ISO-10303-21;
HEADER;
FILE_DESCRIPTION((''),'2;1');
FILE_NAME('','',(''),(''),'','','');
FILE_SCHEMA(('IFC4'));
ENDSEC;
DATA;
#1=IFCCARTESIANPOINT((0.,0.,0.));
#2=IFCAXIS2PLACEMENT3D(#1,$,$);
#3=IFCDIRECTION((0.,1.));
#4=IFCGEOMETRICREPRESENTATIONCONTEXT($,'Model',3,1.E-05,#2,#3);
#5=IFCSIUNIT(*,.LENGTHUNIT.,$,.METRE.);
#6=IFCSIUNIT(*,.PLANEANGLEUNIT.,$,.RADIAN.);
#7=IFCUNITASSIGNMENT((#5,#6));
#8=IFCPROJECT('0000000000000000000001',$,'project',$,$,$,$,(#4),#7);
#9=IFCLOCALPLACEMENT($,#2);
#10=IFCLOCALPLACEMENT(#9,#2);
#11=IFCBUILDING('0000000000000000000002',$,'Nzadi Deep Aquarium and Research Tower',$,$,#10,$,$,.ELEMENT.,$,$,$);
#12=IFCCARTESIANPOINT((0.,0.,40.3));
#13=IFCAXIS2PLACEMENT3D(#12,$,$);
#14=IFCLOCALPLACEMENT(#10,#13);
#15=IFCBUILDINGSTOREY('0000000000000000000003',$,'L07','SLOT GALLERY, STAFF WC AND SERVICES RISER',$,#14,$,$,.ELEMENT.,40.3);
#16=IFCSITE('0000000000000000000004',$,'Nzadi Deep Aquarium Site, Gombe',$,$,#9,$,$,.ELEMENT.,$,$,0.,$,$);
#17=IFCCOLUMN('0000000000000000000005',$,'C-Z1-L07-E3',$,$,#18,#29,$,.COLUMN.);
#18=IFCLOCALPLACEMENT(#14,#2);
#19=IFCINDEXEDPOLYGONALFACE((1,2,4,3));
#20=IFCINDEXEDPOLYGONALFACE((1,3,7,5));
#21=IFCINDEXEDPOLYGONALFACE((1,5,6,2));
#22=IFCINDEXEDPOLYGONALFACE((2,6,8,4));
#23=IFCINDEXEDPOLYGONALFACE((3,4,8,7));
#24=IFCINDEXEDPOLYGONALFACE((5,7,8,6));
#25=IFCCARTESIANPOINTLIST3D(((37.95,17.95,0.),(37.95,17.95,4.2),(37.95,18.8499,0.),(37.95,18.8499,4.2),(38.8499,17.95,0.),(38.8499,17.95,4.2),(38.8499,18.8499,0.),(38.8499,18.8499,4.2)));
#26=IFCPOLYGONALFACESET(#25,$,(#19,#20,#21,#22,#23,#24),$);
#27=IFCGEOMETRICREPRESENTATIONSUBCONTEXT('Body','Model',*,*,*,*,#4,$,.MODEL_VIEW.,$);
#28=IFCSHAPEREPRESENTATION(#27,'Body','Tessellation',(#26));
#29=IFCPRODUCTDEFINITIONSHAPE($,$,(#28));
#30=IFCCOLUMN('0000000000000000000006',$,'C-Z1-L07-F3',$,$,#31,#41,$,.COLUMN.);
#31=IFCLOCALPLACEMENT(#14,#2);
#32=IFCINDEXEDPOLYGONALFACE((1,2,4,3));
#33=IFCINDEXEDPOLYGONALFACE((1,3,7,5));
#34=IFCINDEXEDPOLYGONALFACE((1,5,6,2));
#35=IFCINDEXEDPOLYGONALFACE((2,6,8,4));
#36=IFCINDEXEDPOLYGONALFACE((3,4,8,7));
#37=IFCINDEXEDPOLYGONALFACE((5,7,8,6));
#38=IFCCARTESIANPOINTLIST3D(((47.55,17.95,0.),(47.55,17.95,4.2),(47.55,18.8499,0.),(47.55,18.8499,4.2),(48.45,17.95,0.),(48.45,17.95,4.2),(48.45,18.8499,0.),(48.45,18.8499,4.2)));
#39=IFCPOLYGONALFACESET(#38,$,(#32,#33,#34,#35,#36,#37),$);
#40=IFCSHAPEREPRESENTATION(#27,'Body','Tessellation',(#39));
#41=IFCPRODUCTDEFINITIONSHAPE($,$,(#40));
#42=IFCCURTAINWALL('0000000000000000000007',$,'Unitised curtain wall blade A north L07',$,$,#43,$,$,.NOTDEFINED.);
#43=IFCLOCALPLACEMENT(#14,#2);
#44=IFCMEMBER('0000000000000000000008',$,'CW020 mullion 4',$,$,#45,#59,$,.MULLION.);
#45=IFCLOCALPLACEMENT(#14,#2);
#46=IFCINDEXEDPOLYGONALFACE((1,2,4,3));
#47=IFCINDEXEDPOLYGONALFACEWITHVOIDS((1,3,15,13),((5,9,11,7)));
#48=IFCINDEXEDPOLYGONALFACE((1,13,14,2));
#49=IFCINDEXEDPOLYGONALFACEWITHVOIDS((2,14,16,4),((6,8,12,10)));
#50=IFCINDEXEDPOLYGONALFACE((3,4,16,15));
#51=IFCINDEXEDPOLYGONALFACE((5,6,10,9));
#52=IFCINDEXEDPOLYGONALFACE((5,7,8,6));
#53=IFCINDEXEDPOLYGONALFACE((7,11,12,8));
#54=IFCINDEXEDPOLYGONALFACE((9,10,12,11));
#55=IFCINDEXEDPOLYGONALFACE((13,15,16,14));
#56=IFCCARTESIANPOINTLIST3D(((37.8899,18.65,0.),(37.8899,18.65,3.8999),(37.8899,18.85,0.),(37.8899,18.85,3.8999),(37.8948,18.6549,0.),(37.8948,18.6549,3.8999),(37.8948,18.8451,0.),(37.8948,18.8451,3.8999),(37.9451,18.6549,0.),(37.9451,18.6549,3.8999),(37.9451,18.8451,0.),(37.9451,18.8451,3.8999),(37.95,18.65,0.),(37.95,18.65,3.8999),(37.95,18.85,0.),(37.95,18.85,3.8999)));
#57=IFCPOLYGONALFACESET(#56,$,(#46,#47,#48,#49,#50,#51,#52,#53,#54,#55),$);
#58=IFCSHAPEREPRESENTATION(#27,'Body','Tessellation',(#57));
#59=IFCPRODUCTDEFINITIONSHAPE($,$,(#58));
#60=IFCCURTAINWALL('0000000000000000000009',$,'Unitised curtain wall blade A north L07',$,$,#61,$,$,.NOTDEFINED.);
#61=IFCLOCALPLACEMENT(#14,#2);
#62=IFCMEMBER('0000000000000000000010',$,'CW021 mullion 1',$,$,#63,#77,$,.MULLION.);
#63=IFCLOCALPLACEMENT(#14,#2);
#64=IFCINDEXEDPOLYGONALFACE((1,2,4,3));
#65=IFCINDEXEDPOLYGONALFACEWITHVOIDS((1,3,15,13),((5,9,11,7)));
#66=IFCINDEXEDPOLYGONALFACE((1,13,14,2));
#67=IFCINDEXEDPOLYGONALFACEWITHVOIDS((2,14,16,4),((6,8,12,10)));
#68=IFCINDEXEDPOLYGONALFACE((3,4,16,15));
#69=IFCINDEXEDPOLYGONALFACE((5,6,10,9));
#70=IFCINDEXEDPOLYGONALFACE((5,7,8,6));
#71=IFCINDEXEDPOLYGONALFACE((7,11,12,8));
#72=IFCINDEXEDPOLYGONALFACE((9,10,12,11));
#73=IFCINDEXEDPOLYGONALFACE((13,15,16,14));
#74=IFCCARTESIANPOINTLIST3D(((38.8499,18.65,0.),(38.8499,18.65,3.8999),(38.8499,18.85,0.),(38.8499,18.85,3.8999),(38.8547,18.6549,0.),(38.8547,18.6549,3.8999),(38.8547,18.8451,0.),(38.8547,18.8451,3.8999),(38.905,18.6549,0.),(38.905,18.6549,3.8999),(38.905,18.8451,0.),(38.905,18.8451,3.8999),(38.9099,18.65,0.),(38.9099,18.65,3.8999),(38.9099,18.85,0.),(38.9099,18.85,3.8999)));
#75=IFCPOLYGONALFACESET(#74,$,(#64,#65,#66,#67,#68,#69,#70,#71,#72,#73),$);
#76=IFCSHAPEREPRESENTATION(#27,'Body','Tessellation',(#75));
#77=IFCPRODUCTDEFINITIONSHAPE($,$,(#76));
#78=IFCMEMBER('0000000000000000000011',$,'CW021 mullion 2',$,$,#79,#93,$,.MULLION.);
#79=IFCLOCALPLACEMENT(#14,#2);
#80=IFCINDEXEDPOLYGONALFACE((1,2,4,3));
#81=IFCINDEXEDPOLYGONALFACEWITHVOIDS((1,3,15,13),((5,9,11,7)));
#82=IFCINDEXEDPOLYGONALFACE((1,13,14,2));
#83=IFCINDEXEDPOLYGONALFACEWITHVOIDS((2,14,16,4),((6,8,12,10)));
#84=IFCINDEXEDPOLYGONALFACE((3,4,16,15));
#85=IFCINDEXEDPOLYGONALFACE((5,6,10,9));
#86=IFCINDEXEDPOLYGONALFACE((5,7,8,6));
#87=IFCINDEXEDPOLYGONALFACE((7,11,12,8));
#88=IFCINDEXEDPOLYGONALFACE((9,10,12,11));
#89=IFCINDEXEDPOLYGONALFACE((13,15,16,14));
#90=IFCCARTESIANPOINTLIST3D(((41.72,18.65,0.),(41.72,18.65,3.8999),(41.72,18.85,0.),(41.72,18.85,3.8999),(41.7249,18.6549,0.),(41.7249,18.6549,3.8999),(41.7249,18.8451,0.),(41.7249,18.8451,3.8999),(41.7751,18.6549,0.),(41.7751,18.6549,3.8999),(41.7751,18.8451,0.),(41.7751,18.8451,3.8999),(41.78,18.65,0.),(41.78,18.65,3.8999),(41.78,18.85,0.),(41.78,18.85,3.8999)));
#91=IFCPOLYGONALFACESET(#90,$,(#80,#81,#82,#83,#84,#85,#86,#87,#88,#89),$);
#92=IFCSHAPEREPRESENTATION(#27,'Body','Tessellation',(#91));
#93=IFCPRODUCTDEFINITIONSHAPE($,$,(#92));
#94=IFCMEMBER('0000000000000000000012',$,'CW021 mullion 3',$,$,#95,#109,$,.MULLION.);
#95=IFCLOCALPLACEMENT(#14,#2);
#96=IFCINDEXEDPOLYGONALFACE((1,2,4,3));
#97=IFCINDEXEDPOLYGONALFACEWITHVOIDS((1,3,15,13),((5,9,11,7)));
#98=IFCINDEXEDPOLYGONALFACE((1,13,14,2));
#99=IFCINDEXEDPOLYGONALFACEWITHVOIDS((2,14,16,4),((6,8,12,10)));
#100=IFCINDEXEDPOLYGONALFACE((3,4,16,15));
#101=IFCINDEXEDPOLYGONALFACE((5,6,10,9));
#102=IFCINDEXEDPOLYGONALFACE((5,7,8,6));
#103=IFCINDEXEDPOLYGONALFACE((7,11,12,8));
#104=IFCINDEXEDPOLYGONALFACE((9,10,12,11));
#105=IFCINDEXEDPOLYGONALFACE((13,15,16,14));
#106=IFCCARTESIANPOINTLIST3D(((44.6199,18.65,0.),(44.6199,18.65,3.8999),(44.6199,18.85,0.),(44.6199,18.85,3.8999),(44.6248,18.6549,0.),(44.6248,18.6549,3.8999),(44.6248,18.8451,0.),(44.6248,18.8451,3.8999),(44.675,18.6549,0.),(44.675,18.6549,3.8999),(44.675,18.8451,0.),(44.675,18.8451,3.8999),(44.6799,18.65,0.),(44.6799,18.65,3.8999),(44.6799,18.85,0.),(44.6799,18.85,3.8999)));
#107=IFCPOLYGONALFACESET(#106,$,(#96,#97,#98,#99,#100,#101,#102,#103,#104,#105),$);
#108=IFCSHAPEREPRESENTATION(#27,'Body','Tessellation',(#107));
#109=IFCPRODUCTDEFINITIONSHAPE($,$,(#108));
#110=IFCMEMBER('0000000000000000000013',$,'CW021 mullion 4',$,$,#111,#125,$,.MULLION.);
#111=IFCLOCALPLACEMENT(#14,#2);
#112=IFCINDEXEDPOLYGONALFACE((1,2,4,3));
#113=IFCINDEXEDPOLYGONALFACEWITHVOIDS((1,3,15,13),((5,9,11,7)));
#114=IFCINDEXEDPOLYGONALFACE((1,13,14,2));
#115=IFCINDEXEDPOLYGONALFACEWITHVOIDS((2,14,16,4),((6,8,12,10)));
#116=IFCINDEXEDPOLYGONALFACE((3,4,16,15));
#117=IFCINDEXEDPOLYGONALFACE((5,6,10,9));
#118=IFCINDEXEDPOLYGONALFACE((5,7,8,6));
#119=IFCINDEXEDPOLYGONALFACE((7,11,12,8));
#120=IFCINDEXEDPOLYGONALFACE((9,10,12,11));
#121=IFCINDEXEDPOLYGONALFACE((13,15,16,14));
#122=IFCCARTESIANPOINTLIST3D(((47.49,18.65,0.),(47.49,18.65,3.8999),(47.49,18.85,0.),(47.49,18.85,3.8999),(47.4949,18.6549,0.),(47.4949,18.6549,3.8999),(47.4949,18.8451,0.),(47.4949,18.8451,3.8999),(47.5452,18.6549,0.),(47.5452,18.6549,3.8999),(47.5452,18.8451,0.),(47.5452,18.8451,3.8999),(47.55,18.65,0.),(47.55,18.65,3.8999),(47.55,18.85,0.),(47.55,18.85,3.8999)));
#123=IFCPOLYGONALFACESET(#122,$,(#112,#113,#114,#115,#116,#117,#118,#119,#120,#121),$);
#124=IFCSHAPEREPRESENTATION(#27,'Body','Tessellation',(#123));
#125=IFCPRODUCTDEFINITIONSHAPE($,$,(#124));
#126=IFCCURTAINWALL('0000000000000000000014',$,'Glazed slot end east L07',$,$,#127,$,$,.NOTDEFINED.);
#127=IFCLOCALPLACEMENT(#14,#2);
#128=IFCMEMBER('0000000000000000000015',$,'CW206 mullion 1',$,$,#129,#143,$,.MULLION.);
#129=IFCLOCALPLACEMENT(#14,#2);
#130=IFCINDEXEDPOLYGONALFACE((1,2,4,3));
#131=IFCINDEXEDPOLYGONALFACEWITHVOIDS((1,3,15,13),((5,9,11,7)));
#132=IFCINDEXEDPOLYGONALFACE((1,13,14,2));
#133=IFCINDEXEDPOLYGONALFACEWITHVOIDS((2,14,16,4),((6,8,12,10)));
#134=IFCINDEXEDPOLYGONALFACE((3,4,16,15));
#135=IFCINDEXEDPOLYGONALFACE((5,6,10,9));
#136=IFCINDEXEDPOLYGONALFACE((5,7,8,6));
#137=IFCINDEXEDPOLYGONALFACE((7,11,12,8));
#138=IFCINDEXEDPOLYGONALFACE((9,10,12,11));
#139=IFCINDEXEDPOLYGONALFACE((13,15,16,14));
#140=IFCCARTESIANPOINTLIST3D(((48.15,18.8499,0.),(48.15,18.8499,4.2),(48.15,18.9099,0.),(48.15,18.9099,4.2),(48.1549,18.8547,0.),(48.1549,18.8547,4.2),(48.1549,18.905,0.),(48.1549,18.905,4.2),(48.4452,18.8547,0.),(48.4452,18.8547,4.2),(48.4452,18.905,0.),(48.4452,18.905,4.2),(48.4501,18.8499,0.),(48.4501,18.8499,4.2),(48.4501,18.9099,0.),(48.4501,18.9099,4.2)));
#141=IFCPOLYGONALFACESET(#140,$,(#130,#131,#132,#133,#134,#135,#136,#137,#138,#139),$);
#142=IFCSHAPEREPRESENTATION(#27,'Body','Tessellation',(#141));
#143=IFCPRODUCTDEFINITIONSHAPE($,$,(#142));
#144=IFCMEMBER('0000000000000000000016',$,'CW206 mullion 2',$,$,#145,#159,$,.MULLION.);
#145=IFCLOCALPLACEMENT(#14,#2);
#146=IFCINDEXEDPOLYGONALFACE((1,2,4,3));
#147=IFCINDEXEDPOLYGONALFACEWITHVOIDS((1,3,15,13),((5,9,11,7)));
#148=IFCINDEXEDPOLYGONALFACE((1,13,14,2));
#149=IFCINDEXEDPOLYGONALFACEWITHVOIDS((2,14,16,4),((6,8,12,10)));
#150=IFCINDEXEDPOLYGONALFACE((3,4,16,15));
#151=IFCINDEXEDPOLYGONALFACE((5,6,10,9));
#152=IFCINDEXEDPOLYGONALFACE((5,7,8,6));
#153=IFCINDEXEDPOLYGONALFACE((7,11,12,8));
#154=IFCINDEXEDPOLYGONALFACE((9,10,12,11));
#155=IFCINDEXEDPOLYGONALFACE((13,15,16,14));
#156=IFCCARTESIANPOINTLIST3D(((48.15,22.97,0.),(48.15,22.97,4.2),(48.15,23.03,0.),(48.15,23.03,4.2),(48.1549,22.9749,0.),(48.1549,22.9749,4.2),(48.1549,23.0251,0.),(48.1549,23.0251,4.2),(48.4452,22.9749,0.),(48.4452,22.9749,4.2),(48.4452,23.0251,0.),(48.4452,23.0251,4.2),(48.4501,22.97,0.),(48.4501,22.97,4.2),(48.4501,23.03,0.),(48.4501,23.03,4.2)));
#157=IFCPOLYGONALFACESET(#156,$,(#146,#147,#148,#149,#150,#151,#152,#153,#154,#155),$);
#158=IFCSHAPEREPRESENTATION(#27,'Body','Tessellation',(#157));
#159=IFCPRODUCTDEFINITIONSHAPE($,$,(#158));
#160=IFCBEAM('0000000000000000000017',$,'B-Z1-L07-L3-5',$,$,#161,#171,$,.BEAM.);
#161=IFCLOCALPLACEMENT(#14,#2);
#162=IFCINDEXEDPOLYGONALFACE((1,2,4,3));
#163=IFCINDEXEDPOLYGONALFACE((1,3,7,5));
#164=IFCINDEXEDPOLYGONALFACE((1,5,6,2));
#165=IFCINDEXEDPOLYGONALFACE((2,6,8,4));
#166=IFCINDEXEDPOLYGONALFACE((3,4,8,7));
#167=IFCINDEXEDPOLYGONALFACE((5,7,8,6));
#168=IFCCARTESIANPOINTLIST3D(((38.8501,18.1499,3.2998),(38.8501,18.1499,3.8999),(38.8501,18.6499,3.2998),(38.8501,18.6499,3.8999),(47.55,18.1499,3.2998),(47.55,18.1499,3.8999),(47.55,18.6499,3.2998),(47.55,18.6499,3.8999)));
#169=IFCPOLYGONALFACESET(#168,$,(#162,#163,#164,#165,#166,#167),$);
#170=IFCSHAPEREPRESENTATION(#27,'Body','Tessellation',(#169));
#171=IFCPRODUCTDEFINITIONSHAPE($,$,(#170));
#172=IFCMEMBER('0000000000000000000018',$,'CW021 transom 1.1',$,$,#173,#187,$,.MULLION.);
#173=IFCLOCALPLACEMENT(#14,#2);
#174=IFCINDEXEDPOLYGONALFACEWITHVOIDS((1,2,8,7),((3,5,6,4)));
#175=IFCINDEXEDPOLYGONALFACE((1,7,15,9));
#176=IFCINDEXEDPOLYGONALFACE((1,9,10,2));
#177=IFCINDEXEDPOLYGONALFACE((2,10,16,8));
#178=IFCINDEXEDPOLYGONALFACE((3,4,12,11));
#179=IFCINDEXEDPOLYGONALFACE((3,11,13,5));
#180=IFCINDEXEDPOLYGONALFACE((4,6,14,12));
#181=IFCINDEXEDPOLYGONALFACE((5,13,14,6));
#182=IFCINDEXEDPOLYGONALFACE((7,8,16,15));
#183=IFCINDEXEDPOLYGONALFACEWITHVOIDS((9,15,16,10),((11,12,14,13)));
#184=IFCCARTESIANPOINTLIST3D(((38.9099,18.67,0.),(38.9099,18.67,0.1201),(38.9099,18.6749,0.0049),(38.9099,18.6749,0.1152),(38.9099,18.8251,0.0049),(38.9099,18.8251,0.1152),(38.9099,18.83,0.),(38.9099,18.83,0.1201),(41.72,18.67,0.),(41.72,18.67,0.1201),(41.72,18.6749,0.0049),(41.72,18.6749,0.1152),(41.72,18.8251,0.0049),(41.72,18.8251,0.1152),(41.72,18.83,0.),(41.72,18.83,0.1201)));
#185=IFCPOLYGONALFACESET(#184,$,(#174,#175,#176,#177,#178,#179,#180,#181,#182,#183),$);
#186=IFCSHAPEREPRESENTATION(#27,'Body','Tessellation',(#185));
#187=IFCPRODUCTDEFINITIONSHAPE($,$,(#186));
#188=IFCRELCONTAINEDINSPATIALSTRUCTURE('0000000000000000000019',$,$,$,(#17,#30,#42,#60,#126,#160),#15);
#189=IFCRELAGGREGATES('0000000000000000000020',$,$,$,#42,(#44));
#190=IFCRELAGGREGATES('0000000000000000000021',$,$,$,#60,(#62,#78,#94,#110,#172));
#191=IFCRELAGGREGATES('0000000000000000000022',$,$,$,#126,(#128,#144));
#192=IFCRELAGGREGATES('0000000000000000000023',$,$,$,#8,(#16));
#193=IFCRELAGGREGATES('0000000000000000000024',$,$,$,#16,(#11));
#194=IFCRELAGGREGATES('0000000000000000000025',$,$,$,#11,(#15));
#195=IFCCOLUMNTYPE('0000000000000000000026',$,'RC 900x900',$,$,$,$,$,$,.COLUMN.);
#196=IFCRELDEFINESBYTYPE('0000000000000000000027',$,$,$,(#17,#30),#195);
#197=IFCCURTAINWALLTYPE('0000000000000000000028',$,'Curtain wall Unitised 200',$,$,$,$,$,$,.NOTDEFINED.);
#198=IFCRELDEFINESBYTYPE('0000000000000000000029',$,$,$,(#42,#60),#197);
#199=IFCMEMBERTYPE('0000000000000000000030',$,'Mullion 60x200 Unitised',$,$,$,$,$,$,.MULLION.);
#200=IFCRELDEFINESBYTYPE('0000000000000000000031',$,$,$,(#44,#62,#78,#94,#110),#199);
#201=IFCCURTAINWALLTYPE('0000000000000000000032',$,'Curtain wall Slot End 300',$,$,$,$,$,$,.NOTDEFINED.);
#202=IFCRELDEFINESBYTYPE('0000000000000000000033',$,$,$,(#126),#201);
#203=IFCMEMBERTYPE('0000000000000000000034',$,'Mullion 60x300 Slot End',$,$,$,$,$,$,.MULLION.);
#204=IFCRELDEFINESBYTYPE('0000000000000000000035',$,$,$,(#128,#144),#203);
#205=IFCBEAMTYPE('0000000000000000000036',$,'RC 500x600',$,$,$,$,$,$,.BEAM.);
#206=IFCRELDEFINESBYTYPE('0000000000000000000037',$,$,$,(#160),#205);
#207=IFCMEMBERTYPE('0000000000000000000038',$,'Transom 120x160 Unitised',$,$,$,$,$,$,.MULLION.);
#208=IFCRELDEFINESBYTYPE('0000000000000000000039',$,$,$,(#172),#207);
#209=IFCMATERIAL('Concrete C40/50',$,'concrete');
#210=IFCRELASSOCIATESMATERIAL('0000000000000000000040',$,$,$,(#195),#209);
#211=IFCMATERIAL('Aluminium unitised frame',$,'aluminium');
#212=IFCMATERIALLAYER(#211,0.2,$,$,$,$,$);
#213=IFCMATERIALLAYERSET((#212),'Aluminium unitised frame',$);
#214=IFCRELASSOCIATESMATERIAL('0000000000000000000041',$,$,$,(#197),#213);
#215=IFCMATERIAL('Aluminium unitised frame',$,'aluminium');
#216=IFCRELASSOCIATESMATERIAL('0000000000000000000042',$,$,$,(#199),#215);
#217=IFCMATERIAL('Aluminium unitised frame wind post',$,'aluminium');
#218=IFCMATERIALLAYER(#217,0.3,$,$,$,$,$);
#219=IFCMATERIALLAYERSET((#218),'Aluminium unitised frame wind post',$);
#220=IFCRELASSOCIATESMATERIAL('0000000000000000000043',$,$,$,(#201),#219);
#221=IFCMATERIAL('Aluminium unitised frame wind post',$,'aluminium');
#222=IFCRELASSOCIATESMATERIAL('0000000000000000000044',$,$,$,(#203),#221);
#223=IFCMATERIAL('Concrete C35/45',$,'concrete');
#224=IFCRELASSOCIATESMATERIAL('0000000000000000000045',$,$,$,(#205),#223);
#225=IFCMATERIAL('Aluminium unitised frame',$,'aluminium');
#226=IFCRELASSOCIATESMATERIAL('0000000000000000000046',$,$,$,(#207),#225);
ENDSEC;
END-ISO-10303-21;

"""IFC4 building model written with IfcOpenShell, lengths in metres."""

from ifc_helpers import new_model, si_unit, direction, frame, origin, origin_2d, place, context, subcontext, project, spatial, rectangle, hollow_rectangle, extrude, material, layer, layer_set, material_profile, profile_set, type_object, element, aggregate, save


model = new_model("IFC4")

# Units and contexts
model_context = context("Model", 3, precision=1e-05, world=origin(), true_north=direction((0.0, 1.0)))
body_context = subcontext(model_context, "Body", "Model", "MODEL_VIEW")
ifc_project = project(units=[si_unit("LENGTHUNIT", "METRE"), si_unit("PLANEANGLEUNIT", "RADIAN")], contexts=[model_context])

# Site, building, storey
site_placement = place(None, origin())
site = spatial("IfcSite", under=ifc_project, at=site_placement, Name="Nzadi Deep Aquarium Site, Gombe", CompositionType="ELEMENT", RefElevation=0.0)
building_placement = place(site_placement, origin())
building = spatial("IfcBuilding", under=site, at=building_placement, Name="Nzadi Deep Aquarium and Research Tower", CompositionType="ELEMENT")
storey_placement = place(building_placement, frame((0.0, 0.0, 40.3)))
storey = spatial("IfcBuildingStorey", under=building, at=storey_placement, Name="L07", Description="SLOT GALLERY, STAFF WC AND SERVICES RISER", CompositionType="ELEMENT", Elevation=40.3)

# Columns
ifc_material_1 = material(Name="Concrete C40/50", Category="concrete")
ifc_material_profile_1 = material_profile(ifc_material_1, rectangle(XDim=0.8999, YDim=0.8999, at=origin_2d()))
ifc_profile_set_1 = profile_set([ifc_material_profile_1], Name="Concrete C40/50")
column_type = type_object("IfcColumnType", Name="RC 900x900", PredefinedType="COLUMN", material=ifc_profile_set_1)
for number, where, z_axis, x_axis, name in (
    (1, (38.3999, 18.3999, 0.0), (0.0, 0.0, 1.0), (1.0, 0.0, 0.0), "C-Z1-L07-E3"),
    (2, (48.0, 18.3999, 0.0), (0.0, 0.0, 1.0), (1.0, 0.0, 0.0), "C-Z1-L07-F3"),
):
    element("IfcColumn", number, at=place(storey_placement, frame(where, z_axis=z_axis, x_axis=x_axis)), inside=storey, type_object=column_type, Name=name, PredefinedType="COLUMN", context=body_context, shape_type="SweptSolid", body=[
        extrude(rectangle(XDim=0.8999, YDim=0.8999, at=origin_2d()), origin(), (0.0, 0.0, 1.0), 4.2),
    ])

# Curtain wall, member
ifc_material_2 = material(Name="Aluminium unitised frame", Category="aluminium")
ifc_layer_1 = layer(ifc_material_2, 0.2)
ifc_layer_set_1 = layer_set([ifc_layer_1], Name="Aluminium unitised frame")
curtain_wall_type_1 = type_object("IfcCurtainWallType", Name="Curtain wall Unitised 200", PredefinedType="NOTDEFINED", material=ifc_layer_set_1)
curtain_wall_1_placement = place(storey_placement, origin())
curtain_wall_1 = element("IfcCurtainWall", 3, at=curtain_wall_1_placement, inside=storey, type_object=curtain_wall_type_1, Name="Unitised curtain wall blade A north L07", PredefinedType="NOTDEFINED")
ifc_material_3 = material(Name="Aluminium unitised frame", Category="aluminium")
ifc_material_profile_2 = material_profile(ifc_material_3, hollow_rectangle(XDim=0.2, YDim=0.0601, WallThickness=0.0049, at=origin_2d()))
ifc_profile_set_2 = profile_set([ifc_material_profile_2], Name="Aluminium unitised frame")
member_type_1 = type_object("IfcMemberType", Name="Mullion 60x200 Unitised", PredefinedType="MULLION", material=ifc_profile_set_2)
member_1_placement = place(storey_placement, frame((37.9199, 18.75, 0.0), z_axis=(0.0, 0.0, 1.0), x_axis=(0.0, 1.0, 0.0)))
member_1 = element("IfcMember", 4, at=member_1_placement, type_object=member_type_1, Name="CW020 mullion 4", PredefinedType="MULLION", context=body_context, shape_type="SweptSolid", body=[
    extrude(hollow_rectangle(XDim=0.2, YDim=0.0601, WallThickness=0.0049, at=origin_2d()), origin(), (0.0, 0.0, 1.0), 3.8999),
])
aggregate(curtain_wall_1, [member_1])

# Curtain walls, members
curtain_wall_2_placement = place(storey_placement, origin())
curtain_wall_2 = element("IfcCurtainWall", 5, at=curtain_wall_2_placement, inside=storey, type_object=curtain_wall_type_1, Name="Unitised curtain wall blade A north L07", PredefinedType="NOTDEFINED")
member_2_placement = place(storey_placement, frame((38.8799, 18.75, 0.0), z_axis=(0.0, 0.0, 1.0), x_axis=(0.0, 1.0, 0.0)))
member_2 = element("IfcMember", 6, at=member_2_placement, type_object=member_type_1, Name="CW021 mullion 1", PredefinedType="MULLION", context=body_context, shape_type="SweptSolid", body=[
    extrude(hollow_rectangle(XDim=0.2, YDim=0.0601, WallThickness=0.0049, at=origin_2d()), origin(), (0.0, 0.0, 1.0), 3.8999),
])
member_3_placement = place(storey_placement, frame((41.75, 18.75, 0.0), z_axis=(0.0, 0.0, 1.0), x_axis=(0.0, 1.0, 0.0)))
member_3 = element("IfcMember", 7, at=member_3_placement, type_object=member_type_1, Name="CW021 mullion 2", PredefinedType="MULLION", context=body_context, shape_type="SweptSolid", body=[
    extrude(hollow_rectangle(XDim=0.2, YDim=0.0601, WallThickness=0.0049, at=origin_2d()), origin(), (0.0, 0.0, 1.0), 3.8999),
])
member_4_placement = place(storey_placement, frame((44.6499, 18.75, 0.0), z_axis=(0.0, 0.0, 1.0), x_axis=(0.0, 1.0, 0.0)))
member_4 = element("IfcMember", 8, at=member_4_placement, type_object=member_type_1, Name="CW021 mullion 3", PredefinedType="MULLION", context=body_context, shape_type="SweptSolid", body=[
    extrude(hollow_rectangle(XDim=0.2, YDim=0.0601, WallThickness=0.0049, at=origin_2d()), origin(), (0.0, 0.0, 1.0), 3.8999),
])
member_5_placement = place(storey_placement, frame((47.52, 18.75, 0.0), z_axis=(0.0, 0.0, 1.0), x_axis=(0.0, 1.0, 0.0)))
member_5 = element("IfcMember", 9, at=member_5_placement, type_object=member_type_1, Name="CW021 mullion 4", PredefinedType="MULLION", context=body_context, shape_type="SweptSolid", body=[
    extrude(hollow_rectangle(XDim=0.2, YDim=0.0601, WallThickness=0.0049, at=origin_2d()), origin(), (0.0, 0.0, 1.0), 3.8999),
])
ifc_material_4 = material(Name="Aluminium unitised frame wind post", Category="aluminium")
ifc_layer_2 = layer(ifc_material_4, 0.3)
ifc_layer_set_2 = layer_set([ifc_layer_2], Name="Aluminium unitised frame wind post")
curtain_wall_type_2 = type_object("IfcCurtainWallType", Name="Curtain wall Slot End 300", PredefinedType="NOTDEFINED", material=ifc_layer_set_2)
curtain_wall_3_placement = place(storey_placement, origin())
curtain_wall_3 = element("IfcCurtainWall", 10, at=curtain_wall_3_placement, inside=storey, type_object=curtain_wall_type_2, Name="Glazed slot end east L07", PredefinedType="NOTDEFINED")
ifc_material_5 = material(Name="Aluminium unitised frame wind post", Category="aluminium")
ifc_material_profile_3 = material_profile(ifc_material_5, hollow_rectangle(XDim=0.3, YDim=0.0601, WallThickness=0.0049, at=origin_2d()))
ifc_profile_set_3 = profile_set([ifc_material_profile_3], Name="Aluminium unitised frame wind post")
member_type_2 = type_object("IfcMemberType", Name="Mullion 60x300 Slot End", PredefinedType="MULLION", material=ifc_profile_set_3)
member_6_placement = place(storey_placement, frame((48.3, 18.8799, 0.0), z_axis=(0.0, 0.0, 1.0), x_axis=(-1.0, 0.0, 0.0)))
member_6 = element("IfcMember", 11, at=member_6_placement, type_object=member_type_2, Name="CW206 mullion 1", PredefinedType="MULLION", context=body_context, shape_type="SweptSolid", body=[
    extrude(hollow_rectangle(XDim=0.3, YDim=0.0601, WallThickness=0.0049, at=origin_2d()), origin(), (0.0, 0.0, 1.0), 4.2),
])
member_7_placement = place(storey_placement, frame((48.3, 23.0, 0.0), z_axis=(0.0, 0.0, 1.0), x_axis=(-1.0, 0.0, 0.0)))
member_7 = element("IfcMember", 12, at=member_7_placement, type_object=member_type_2, Name="CW206 mullion 2", PredefinedType="MULLION", context=body_context, shape_type="SweptSolid", body=[
    extrude(hollow_rectangle(XDim=0.3, YDim=0.0601, WallThickness=0.0049, at=origin_2d()), origin(), (0.0, 0.0, 1.0), 4.2),
])

# Beam
ifc_material_6 = material(Name="Concrete C35/45", Category="concrete")
ifc_material_profile_4 = material_profile(ifc_material_6, rectangle(XDim=0.5, YDim=0.6001, at=origin_2d()))
ifc_profile_set_4 = profile_set([ifc_material_profile_4], Name="Concrete C35/45")
beam_type = type_object("IfcBeamType", Name="RC 500x600", PredefinedType="BEAM", material=ifc_profile_set_4)
beam_placement = place(storey_placement, frame((38.8501, 18.3999, 3.5999), z_axis=(1.0, 0.0, 0.0), x_axis=(0.0, 1.0, 0.0)))
element("IfcBeam", 13, at=beam_placement, inside=storey, type_object=beam_type, Name="B-Z1-L07-L3-5", PredefinedType="BEAM", context=body_context, shape_type="SweptSolid", body=[
    extrude(rectangle(XDim=0.5, YDim=0.6001, at=origin_2d()), origin(), (0.0, 0.0, 1.0), 8.7),
])

# Member
ifc_material_7 = material(Name="Aluminium unitised frame", Category="aluminium")
ifc_material_profile_5 = material_profile(ifc_material_7, hollow_rectangle(XDim=0.1599, YDim=0.1201, WallThickness=0.0049, at=origin_2d()))
ifc_profile_set_5 = profile_set([ifc_material_profile_5], Name="Aluminium unitised frame")
member_type_3 = type_object("IfcMemberType", Name="Transom 120x160 Unitised", PredefinedType="MULLION", material=ifc_profile_set_5)
member_8_placement = place(storey_placement, frame((38.9099, 18.75, 0.0601), z_axis=(1.0, 0.0, 0.0), x_axis=(0.0, 1.0, 0.0)))
member_8 = element("IfcMember", 14, at=member_8_placement, type_object=member_type_3, Name="CW021 transom 1.1", PredefinedType="MULLION", context=body_context, shape_type="SweptSolid", body=[
    extrude(hollow_rectangle(XDim=0.1599, YDim=0.1201, WallThickness=0.0049, at=origin_2d()), origin(), (0.0, 0.0, 1.0), 2.8101),
])

aggregate(curtain_wall_2, [member_2, member_3, member_4, member_5, member_8])
aggregate(curtain_wall_3, [member_6, member_7])

save(model, "model.ifc")
